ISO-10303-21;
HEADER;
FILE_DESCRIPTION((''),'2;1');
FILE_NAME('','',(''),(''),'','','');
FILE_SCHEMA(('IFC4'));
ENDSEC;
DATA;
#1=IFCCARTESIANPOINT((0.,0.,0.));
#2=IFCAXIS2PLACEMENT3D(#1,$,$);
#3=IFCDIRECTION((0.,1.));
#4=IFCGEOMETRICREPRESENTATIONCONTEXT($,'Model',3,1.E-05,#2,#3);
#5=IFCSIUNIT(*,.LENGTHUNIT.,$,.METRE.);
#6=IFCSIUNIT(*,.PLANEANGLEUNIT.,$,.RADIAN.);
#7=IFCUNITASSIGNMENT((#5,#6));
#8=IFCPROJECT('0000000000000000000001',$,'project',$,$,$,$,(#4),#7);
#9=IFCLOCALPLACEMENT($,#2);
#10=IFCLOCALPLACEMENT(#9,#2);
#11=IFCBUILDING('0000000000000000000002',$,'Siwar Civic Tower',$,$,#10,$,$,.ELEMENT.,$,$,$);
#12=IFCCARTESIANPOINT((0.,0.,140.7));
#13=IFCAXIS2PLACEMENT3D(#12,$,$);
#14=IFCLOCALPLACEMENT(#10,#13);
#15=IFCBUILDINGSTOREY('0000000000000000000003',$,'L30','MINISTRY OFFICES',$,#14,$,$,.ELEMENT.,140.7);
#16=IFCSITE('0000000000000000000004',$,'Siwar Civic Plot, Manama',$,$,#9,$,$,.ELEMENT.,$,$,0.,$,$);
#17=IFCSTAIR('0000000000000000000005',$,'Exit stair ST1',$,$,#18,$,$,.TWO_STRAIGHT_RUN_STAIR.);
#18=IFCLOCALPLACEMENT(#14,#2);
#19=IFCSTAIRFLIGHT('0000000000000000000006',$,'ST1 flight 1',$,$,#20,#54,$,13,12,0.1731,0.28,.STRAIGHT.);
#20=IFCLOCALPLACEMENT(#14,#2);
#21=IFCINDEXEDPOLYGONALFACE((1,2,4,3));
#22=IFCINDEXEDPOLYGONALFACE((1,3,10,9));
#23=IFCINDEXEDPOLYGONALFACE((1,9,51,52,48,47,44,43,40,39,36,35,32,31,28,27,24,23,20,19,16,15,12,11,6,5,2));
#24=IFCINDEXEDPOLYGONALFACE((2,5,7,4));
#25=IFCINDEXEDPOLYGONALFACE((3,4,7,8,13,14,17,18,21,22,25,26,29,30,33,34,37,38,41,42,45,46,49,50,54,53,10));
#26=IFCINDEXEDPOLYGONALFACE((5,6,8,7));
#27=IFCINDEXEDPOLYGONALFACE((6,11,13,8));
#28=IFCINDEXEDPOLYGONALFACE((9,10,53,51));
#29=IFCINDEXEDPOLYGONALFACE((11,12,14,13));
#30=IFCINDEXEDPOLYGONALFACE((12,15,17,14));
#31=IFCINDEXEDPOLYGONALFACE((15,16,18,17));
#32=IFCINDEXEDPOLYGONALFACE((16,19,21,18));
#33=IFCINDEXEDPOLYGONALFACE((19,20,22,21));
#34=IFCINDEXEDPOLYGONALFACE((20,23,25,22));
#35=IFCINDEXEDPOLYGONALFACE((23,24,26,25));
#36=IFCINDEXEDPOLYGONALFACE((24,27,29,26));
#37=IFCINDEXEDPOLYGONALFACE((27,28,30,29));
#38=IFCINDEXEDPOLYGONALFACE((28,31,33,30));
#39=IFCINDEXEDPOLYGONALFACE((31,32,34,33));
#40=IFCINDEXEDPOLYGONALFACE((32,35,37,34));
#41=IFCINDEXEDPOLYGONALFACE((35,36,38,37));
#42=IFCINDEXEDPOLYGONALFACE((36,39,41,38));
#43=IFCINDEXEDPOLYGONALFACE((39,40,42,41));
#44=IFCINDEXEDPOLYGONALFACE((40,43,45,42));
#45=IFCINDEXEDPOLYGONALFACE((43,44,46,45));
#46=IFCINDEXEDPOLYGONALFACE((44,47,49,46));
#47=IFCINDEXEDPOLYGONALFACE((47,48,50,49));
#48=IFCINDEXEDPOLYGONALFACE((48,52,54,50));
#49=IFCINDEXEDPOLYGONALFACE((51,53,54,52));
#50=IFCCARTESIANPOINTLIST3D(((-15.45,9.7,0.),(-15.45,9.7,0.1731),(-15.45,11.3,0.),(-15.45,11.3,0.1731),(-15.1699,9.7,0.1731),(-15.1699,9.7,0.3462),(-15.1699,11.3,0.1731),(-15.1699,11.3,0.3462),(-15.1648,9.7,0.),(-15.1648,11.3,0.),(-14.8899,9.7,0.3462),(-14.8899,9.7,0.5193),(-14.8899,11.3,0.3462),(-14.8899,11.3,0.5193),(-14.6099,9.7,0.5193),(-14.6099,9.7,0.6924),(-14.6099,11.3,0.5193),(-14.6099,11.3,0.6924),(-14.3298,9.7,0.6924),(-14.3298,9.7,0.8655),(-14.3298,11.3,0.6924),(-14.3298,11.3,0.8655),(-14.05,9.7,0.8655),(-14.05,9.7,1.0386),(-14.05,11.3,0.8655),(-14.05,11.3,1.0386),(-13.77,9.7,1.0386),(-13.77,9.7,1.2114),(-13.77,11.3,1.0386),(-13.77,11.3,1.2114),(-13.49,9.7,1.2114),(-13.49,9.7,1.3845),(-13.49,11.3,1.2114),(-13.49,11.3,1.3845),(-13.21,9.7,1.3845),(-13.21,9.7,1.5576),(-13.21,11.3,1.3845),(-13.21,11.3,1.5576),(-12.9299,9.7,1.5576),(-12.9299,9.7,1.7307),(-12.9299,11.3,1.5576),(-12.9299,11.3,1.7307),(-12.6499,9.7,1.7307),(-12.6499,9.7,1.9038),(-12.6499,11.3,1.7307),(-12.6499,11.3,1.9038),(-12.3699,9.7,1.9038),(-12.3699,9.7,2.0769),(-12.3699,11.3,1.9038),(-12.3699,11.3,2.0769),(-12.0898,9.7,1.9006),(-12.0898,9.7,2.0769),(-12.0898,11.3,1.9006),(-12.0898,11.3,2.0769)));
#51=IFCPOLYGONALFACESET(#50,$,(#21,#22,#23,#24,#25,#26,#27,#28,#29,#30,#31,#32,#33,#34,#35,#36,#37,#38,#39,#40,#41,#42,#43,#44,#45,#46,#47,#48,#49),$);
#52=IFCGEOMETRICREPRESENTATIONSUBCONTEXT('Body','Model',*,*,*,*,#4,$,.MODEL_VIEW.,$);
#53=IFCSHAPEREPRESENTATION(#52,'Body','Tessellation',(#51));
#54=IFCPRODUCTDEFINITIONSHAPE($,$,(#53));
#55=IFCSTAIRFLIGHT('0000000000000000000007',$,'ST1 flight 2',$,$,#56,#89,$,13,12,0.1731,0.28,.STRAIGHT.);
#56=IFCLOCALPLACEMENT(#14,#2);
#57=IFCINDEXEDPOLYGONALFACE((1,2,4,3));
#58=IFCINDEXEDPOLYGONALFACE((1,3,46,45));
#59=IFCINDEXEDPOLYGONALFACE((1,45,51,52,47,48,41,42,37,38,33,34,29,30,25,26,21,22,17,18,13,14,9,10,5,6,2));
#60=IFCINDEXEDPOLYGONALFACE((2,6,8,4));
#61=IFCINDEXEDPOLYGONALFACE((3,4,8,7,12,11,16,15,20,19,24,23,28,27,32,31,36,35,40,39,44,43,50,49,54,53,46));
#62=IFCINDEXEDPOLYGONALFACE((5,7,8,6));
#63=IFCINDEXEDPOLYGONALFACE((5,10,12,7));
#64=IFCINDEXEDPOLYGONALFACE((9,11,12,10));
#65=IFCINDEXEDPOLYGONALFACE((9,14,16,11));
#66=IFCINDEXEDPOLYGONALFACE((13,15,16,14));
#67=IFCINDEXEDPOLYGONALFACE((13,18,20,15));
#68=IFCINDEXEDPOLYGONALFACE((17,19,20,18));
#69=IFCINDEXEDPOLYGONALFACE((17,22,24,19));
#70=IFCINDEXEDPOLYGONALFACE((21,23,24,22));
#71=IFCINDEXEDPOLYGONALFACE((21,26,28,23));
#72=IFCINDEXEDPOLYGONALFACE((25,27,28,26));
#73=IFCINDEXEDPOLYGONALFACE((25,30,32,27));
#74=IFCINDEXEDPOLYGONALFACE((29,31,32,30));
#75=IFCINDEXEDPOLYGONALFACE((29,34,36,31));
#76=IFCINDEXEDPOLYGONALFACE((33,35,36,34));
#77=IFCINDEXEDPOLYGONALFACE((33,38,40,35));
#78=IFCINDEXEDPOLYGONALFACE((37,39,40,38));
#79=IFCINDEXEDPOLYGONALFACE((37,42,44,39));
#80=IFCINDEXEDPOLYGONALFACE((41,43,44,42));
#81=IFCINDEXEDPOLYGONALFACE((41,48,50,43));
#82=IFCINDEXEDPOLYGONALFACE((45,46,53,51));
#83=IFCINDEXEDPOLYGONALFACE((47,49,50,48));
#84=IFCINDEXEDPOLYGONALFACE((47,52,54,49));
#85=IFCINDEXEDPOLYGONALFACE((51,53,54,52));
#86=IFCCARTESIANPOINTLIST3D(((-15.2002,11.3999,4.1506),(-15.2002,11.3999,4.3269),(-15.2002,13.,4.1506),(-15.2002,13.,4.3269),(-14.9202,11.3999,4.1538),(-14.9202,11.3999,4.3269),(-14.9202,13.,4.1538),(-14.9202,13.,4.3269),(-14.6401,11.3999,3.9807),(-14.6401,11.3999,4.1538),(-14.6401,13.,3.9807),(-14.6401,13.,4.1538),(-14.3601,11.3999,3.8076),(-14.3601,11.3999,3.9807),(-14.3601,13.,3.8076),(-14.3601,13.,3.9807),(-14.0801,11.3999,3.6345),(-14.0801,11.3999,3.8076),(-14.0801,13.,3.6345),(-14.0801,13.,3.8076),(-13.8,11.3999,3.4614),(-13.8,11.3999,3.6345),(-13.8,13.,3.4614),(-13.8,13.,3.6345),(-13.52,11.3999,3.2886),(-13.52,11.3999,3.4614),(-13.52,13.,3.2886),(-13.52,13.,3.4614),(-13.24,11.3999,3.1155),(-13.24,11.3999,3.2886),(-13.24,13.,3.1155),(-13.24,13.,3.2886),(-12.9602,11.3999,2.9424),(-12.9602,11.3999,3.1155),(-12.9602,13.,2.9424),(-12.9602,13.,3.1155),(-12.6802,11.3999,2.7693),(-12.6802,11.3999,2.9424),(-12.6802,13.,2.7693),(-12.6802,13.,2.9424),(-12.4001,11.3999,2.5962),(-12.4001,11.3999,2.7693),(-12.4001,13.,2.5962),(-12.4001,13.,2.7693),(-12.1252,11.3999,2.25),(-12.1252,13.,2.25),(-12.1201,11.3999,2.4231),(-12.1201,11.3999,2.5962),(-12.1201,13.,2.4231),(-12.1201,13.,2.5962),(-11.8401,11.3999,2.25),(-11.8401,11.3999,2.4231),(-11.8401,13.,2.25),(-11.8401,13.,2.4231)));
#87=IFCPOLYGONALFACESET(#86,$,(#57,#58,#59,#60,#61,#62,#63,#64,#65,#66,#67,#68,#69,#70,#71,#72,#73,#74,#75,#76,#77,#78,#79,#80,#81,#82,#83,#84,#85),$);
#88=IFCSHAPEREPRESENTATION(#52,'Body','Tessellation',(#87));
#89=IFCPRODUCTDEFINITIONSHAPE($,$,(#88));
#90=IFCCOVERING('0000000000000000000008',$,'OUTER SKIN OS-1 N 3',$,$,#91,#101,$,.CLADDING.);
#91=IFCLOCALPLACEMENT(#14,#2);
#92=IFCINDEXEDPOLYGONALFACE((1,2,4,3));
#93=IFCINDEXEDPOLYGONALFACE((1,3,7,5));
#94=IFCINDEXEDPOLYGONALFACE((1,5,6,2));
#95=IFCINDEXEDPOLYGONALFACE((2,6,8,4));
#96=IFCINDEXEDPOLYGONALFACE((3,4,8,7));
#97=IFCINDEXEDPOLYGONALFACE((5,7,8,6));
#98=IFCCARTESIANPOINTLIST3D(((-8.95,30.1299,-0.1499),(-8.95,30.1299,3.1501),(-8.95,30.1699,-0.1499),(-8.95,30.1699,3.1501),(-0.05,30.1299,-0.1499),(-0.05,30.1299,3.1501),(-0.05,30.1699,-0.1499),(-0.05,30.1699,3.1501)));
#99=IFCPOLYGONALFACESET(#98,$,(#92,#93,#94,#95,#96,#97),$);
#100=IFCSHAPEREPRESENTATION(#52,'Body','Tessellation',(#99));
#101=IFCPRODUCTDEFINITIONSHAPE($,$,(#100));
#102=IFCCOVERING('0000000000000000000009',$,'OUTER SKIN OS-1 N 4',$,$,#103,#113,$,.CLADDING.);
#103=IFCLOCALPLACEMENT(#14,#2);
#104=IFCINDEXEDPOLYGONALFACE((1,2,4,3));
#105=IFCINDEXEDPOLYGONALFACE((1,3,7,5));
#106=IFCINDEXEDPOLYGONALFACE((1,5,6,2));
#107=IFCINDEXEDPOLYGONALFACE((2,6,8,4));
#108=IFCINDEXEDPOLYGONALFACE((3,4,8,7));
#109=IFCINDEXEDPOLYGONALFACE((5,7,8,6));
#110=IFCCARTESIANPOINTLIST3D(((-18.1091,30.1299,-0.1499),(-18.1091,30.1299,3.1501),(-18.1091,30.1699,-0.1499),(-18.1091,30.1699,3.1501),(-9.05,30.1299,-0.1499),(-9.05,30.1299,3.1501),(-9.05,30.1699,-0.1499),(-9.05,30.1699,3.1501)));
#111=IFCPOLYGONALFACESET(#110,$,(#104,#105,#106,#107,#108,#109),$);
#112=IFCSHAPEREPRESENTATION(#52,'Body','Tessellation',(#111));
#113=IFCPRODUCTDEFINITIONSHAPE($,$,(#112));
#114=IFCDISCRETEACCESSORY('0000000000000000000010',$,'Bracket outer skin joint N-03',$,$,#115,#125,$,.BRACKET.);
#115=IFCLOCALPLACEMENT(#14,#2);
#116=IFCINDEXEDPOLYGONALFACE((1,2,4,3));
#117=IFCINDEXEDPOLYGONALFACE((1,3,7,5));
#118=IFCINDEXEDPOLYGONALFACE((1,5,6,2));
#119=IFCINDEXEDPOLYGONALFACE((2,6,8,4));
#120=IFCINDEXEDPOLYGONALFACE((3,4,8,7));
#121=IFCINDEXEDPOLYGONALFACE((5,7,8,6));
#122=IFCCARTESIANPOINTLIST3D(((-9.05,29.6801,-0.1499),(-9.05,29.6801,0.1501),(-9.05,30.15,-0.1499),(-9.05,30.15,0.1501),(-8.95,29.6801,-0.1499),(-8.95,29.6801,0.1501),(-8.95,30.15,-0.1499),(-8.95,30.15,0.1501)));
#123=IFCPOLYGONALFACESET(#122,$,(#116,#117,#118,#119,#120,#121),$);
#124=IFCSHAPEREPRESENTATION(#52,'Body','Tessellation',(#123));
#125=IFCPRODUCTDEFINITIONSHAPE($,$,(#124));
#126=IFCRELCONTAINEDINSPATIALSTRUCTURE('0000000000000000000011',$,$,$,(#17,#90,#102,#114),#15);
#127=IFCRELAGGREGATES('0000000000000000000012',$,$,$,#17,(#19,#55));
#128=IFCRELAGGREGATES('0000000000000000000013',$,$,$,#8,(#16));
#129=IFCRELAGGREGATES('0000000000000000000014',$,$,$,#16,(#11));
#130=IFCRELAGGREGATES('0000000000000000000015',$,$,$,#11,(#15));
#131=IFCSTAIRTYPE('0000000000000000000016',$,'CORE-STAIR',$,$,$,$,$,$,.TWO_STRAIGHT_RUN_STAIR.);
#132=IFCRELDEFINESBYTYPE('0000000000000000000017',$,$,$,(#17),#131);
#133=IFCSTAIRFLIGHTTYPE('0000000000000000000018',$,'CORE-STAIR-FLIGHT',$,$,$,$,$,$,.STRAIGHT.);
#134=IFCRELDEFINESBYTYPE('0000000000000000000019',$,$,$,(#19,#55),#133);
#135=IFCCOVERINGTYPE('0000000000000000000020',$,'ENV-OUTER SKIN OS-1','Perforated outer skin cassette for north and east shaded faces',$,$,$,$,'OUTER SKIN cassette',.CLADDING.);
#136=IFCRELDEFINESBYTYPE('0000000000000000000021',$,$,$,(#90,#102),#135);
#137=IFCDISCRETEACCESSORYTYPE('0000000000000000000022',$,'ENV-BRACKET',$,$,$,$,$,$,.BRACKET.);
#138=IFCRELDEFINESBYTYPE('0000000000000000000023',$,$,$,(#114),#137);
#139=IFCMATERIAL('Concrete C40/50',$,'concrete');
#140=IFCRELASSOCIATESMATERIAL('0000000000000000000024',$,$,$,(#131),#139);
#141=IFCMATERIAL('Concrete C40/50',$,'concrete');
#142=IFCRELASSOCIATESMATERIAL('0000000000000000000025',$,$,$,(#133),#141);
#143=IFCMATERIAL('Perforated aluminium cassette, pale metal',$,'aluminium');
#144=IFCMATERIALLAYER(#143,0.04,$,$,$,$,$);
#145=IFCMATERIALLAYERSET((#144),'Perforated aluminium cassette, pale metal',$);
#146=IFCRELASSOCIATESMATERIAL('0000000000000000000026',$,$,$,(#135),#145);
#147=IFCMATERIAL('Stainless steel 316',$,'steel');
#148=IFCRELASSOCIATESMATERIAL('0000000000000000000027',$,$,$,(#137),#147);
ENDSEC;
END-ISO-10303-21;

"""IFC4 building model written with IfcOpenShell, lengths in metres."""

from ifc_helpers import new_model, si_unit, direction, frame, origin, origin_2d, place, context, subcontext, project, spatial, polyline, rectangle, outline, extrude, material, layer, layer_set, type_object, element, aggregate, save


model = new_model("IFC4")

# Units and contexts
model_context = context("Model", 3, precision=1e-05, world=origin(), true_north=direction((0.0, 1.0)))
body_context = subcontext(model_context, "Body", "Model", "MODEL_VIEW")
ifc_project = project(units=[si_unit("LENGTHUNIT", "METRE"), si_unit("PLANEANGLEUNIT", "RADIAN")], contexts=[model_context])

# Site, building, storey
site_placement = place(None, origin())
site = spatial("IfcSite", under=ifc_project, at=site_placement, Name="Siwar Civic Plot, Manama", CompositionType="ELEMENT", RefElevation=0.0)
building_placement = place(site_placement, origin())
building = spatial("IfcBuilding", under=site, at=building_placement, Name="Siwar Civic Tower", CompositionType="ELEMENT")
storey_placement = place(building_placement, frame((0.0, 0.0, 140.7)))
storey = spatial("IfcBuildingStorey", under=building, at=storey_placement, Name="L30", Description="MINISTRY OFFICES", CompositionType="ELEMENT", Elevation=140.7)

# Stair, stair flights
ifc_material_1 = material(Name="Concrete C40/50", Category="concrete")
stair_type = type_object("IfcStairType", Name="CORE-STAIR", PredefinedType="TWO_STRAIGHT_RUN_STAIR", material=ifc_material_1)
stair_placement = place(storey_placement, origin())
stair = element("IfcStair", 1, at=stair_placement, inside=storey, type_object=stair_type, Name="Exit stair ST1", PredefinedType="TWO_STRAIGHT_RUN_STAIR")
ifc_material_2 = material(Name="Concrete C40/50", Category="concrete")
stair_flight_type = type_object("IfcStairFlightType", Name="CORE-STAIR-FLIGHT", PredefinedType="STRAIGHT", material=ifc_material_2)
stair_flight_1_placement = place(storey_placement, frame((-15.45, 10.5, 0.0), z_axis=(0.0, 0.0, 1.0), x_axis=(1.0, 0.0, 0.0)))
stair_flight_1 = element("IfcStairFlight", 2, at=stair_flight_1_placement, type_object=stair_flight_type, Name="ST1 flight 1", NumberOfRisers=13, NumberOfTreads=12, PredefinedType="STRAIGHT", RiserHeight=0.1731, TreadLength=0.28, context=body_context, shape_type="SweptSolid", body=[
    extrude(outline(polyline([(0.0, 0.0), (0.0, 0.1731), (0.28, 0.1731), (0.28, 0.3462), (0.5601, 0.3462), (0.5601, 0.5193), (0.8401, 0.5193), (0.8401, 0.6924), (1.1201, 0.6924), (1.1201, 0.8655), (1.3999, 0.8655), (1.3999, 1.0386), (1.6799, 1.0386), (1.6799, 1.2114), (1.96, 1.2114), (1.96, 1.3845), (2.24, 1.3845), (2.24, 1.5576), (2.52, 1.5576), (2.52, 1.7307), (2.8, 1.7307), (2.8, 1.9038), (3.0801, 1.9038), (3.0801, 2.0769), (3.3601, 2.0769), (3.3601, 2.25), (3.3601, 1.9006), (0.2852, 0.0), (0.0, 0.0)])), frame((0.0, 0.8, 0.0), z_axis=(0.0, -1.0, 0.0), x_axis=(1.0, 0.0, 0.0)), (0.0, 0.0, 1.0), 1.6001),
])
stair_flight_2_placement = place(storey_placement, frame((-11.8401, 12.2, 2.25), z_axis=(0.0, 0.0, 1.0), x_axis=(-1.0, 0.0, 0.0)))
stair_flight_2 = element("IfcStairFlight", 3, at=stair_flight_2_placement, type_object=stair_flight_type, Name="ST1 flight 2", NumberOfRisers=13, NumberOfTreads=12, PredefinedType="STRAIGHT", RiserHeight=0.1731, TreadLength=0.28, context=body_context, shape_type="SweptSolid", body=[
    extrude(outline(polyline([(0.0, 0.0), (0.0, 0.1731), (0.28, 0.1731), (0.28, 0.3462), (0.5601, 0.3462), (0.5601, 0.5193), (0.8401, 0.5193), (0.8401, 0.6924), (1.1201, 0.6924), (1.1201, 0.8655), (1.3999, 0.8655), (1.3999, 1.0386), (1.6799, 1.0386), (1.6799, 1.2114), (1.96, 1.2114), (1.96, 1.3845), (2.24, 1.3845), (2.24, 1.5576), (2.52, 1.5576), (2.52, 1.7307), (2.8, 1.7307), (2.8, 1.9038), (3.0801, 1.9038), (3.0801, 2.0769), (3.3601, 2.0769), (3.3601, 2.25), (3.3601, 1.9006), (0.2852, 0.0), (0.0, 0.0)])), frame((0.0, 0.8, 0.0), z_axis=(0.0, -1.0, 0.0), x_axis=(1.0, 0.0, 0.0)), (0.0, 0.0, 1.0), 1.6001),
])
aggregate(stair, [stair_flight_1, stair_flight_2])

# Coverings
ifc_material_3 = material(Name="Perforated aluminium cassette, pale metal", Category="aluminium")
ifc_layer_1 = layer(ifc_material_3, 0.04)
ifc_layer_set_1 = layer_set([ifc_layer_1], Name="Perforated aluminium cassette, pale metal")
covering_type = type_object("IfcCoveringType", Name="ENV-OUTER SKIN OS-1", Description="Perforated outer skin cassette for north and east shaded faces", ElementType="OUTER SKIN cassette", PredefinedType="CLADDING", material=ifc_layer_set_1)
covering_1_placement = place(storey_placement, frame((-4.5, 30.1499, -0.1499), z_axis=(0.0, 0.0, 1.0), x_axis=(-1.0, 0.0, 0.0)))
element("IfcCovering", 4, at=covering_1_placement, inside=storey, type_object=covering_type, Name="OUTER SKIN OS-1 N 3", PredefinedType="CLADDING", context=body_context, shape_type="SweptSolid", body=[
    extrude(rectangle(XDim=8.8999, YDim=0.04, at=origin_2d()), origin(), (0.0, 0.0, 1.0), 3.3),
])
covering_2_placement = place(storey_placement, frame((-13.5796, 30.1499, -0.1499), z_axis=(0.0, 0.0, 1.0), x_axis=(-1.0, 0.0, 0.0)))
element("IfcCovering", 5, at=covering_2_placement, inside=storey, type_object=covering_type, Name="OUTER SKIN OS-1 N 4", PredefinedType="CLADDING", context=body_context, shape_type="SweptSolid", body=[
    extrude(rectangle(XDim=9.0591, YDim=0.04, at=origin_2d()), origin(), (0.0, 0.0, 1.0), 3.3),
])

# Discrete accessory
ifc_material_4 = material(Name="Stainless steel 316", Category="steel")
discrete_accessory_type = type_object("IfcDiscreteAccessoryType", Name="ENV-BRACKET", PredefinedType="BRACKET", material=ifc_material_4)
discrete_accessory_placement = place(storey_placement, frame((-9.0, 29.915, -0.1499), z_axis=(0.0, 0.0, 1.0), x_axis=(0.0, 1.0, 0.0)))
element("IfcDiscreteAccessory", 6, at=discrete_accessory_placement, inside=storey, type_object=discrete_accessory_type, Name="Bracket outer skin joint N-03", PredefinedType="BRACKET", context=body_context, shape_type="SweptSolid", body=[
    extrude(rectangle(XDim=0.47, YDim=0.1001, at=origin_2d()), origin(), (0.0, 0.0, 1.0), 0.3),
])

save(model, "model.ifc")
